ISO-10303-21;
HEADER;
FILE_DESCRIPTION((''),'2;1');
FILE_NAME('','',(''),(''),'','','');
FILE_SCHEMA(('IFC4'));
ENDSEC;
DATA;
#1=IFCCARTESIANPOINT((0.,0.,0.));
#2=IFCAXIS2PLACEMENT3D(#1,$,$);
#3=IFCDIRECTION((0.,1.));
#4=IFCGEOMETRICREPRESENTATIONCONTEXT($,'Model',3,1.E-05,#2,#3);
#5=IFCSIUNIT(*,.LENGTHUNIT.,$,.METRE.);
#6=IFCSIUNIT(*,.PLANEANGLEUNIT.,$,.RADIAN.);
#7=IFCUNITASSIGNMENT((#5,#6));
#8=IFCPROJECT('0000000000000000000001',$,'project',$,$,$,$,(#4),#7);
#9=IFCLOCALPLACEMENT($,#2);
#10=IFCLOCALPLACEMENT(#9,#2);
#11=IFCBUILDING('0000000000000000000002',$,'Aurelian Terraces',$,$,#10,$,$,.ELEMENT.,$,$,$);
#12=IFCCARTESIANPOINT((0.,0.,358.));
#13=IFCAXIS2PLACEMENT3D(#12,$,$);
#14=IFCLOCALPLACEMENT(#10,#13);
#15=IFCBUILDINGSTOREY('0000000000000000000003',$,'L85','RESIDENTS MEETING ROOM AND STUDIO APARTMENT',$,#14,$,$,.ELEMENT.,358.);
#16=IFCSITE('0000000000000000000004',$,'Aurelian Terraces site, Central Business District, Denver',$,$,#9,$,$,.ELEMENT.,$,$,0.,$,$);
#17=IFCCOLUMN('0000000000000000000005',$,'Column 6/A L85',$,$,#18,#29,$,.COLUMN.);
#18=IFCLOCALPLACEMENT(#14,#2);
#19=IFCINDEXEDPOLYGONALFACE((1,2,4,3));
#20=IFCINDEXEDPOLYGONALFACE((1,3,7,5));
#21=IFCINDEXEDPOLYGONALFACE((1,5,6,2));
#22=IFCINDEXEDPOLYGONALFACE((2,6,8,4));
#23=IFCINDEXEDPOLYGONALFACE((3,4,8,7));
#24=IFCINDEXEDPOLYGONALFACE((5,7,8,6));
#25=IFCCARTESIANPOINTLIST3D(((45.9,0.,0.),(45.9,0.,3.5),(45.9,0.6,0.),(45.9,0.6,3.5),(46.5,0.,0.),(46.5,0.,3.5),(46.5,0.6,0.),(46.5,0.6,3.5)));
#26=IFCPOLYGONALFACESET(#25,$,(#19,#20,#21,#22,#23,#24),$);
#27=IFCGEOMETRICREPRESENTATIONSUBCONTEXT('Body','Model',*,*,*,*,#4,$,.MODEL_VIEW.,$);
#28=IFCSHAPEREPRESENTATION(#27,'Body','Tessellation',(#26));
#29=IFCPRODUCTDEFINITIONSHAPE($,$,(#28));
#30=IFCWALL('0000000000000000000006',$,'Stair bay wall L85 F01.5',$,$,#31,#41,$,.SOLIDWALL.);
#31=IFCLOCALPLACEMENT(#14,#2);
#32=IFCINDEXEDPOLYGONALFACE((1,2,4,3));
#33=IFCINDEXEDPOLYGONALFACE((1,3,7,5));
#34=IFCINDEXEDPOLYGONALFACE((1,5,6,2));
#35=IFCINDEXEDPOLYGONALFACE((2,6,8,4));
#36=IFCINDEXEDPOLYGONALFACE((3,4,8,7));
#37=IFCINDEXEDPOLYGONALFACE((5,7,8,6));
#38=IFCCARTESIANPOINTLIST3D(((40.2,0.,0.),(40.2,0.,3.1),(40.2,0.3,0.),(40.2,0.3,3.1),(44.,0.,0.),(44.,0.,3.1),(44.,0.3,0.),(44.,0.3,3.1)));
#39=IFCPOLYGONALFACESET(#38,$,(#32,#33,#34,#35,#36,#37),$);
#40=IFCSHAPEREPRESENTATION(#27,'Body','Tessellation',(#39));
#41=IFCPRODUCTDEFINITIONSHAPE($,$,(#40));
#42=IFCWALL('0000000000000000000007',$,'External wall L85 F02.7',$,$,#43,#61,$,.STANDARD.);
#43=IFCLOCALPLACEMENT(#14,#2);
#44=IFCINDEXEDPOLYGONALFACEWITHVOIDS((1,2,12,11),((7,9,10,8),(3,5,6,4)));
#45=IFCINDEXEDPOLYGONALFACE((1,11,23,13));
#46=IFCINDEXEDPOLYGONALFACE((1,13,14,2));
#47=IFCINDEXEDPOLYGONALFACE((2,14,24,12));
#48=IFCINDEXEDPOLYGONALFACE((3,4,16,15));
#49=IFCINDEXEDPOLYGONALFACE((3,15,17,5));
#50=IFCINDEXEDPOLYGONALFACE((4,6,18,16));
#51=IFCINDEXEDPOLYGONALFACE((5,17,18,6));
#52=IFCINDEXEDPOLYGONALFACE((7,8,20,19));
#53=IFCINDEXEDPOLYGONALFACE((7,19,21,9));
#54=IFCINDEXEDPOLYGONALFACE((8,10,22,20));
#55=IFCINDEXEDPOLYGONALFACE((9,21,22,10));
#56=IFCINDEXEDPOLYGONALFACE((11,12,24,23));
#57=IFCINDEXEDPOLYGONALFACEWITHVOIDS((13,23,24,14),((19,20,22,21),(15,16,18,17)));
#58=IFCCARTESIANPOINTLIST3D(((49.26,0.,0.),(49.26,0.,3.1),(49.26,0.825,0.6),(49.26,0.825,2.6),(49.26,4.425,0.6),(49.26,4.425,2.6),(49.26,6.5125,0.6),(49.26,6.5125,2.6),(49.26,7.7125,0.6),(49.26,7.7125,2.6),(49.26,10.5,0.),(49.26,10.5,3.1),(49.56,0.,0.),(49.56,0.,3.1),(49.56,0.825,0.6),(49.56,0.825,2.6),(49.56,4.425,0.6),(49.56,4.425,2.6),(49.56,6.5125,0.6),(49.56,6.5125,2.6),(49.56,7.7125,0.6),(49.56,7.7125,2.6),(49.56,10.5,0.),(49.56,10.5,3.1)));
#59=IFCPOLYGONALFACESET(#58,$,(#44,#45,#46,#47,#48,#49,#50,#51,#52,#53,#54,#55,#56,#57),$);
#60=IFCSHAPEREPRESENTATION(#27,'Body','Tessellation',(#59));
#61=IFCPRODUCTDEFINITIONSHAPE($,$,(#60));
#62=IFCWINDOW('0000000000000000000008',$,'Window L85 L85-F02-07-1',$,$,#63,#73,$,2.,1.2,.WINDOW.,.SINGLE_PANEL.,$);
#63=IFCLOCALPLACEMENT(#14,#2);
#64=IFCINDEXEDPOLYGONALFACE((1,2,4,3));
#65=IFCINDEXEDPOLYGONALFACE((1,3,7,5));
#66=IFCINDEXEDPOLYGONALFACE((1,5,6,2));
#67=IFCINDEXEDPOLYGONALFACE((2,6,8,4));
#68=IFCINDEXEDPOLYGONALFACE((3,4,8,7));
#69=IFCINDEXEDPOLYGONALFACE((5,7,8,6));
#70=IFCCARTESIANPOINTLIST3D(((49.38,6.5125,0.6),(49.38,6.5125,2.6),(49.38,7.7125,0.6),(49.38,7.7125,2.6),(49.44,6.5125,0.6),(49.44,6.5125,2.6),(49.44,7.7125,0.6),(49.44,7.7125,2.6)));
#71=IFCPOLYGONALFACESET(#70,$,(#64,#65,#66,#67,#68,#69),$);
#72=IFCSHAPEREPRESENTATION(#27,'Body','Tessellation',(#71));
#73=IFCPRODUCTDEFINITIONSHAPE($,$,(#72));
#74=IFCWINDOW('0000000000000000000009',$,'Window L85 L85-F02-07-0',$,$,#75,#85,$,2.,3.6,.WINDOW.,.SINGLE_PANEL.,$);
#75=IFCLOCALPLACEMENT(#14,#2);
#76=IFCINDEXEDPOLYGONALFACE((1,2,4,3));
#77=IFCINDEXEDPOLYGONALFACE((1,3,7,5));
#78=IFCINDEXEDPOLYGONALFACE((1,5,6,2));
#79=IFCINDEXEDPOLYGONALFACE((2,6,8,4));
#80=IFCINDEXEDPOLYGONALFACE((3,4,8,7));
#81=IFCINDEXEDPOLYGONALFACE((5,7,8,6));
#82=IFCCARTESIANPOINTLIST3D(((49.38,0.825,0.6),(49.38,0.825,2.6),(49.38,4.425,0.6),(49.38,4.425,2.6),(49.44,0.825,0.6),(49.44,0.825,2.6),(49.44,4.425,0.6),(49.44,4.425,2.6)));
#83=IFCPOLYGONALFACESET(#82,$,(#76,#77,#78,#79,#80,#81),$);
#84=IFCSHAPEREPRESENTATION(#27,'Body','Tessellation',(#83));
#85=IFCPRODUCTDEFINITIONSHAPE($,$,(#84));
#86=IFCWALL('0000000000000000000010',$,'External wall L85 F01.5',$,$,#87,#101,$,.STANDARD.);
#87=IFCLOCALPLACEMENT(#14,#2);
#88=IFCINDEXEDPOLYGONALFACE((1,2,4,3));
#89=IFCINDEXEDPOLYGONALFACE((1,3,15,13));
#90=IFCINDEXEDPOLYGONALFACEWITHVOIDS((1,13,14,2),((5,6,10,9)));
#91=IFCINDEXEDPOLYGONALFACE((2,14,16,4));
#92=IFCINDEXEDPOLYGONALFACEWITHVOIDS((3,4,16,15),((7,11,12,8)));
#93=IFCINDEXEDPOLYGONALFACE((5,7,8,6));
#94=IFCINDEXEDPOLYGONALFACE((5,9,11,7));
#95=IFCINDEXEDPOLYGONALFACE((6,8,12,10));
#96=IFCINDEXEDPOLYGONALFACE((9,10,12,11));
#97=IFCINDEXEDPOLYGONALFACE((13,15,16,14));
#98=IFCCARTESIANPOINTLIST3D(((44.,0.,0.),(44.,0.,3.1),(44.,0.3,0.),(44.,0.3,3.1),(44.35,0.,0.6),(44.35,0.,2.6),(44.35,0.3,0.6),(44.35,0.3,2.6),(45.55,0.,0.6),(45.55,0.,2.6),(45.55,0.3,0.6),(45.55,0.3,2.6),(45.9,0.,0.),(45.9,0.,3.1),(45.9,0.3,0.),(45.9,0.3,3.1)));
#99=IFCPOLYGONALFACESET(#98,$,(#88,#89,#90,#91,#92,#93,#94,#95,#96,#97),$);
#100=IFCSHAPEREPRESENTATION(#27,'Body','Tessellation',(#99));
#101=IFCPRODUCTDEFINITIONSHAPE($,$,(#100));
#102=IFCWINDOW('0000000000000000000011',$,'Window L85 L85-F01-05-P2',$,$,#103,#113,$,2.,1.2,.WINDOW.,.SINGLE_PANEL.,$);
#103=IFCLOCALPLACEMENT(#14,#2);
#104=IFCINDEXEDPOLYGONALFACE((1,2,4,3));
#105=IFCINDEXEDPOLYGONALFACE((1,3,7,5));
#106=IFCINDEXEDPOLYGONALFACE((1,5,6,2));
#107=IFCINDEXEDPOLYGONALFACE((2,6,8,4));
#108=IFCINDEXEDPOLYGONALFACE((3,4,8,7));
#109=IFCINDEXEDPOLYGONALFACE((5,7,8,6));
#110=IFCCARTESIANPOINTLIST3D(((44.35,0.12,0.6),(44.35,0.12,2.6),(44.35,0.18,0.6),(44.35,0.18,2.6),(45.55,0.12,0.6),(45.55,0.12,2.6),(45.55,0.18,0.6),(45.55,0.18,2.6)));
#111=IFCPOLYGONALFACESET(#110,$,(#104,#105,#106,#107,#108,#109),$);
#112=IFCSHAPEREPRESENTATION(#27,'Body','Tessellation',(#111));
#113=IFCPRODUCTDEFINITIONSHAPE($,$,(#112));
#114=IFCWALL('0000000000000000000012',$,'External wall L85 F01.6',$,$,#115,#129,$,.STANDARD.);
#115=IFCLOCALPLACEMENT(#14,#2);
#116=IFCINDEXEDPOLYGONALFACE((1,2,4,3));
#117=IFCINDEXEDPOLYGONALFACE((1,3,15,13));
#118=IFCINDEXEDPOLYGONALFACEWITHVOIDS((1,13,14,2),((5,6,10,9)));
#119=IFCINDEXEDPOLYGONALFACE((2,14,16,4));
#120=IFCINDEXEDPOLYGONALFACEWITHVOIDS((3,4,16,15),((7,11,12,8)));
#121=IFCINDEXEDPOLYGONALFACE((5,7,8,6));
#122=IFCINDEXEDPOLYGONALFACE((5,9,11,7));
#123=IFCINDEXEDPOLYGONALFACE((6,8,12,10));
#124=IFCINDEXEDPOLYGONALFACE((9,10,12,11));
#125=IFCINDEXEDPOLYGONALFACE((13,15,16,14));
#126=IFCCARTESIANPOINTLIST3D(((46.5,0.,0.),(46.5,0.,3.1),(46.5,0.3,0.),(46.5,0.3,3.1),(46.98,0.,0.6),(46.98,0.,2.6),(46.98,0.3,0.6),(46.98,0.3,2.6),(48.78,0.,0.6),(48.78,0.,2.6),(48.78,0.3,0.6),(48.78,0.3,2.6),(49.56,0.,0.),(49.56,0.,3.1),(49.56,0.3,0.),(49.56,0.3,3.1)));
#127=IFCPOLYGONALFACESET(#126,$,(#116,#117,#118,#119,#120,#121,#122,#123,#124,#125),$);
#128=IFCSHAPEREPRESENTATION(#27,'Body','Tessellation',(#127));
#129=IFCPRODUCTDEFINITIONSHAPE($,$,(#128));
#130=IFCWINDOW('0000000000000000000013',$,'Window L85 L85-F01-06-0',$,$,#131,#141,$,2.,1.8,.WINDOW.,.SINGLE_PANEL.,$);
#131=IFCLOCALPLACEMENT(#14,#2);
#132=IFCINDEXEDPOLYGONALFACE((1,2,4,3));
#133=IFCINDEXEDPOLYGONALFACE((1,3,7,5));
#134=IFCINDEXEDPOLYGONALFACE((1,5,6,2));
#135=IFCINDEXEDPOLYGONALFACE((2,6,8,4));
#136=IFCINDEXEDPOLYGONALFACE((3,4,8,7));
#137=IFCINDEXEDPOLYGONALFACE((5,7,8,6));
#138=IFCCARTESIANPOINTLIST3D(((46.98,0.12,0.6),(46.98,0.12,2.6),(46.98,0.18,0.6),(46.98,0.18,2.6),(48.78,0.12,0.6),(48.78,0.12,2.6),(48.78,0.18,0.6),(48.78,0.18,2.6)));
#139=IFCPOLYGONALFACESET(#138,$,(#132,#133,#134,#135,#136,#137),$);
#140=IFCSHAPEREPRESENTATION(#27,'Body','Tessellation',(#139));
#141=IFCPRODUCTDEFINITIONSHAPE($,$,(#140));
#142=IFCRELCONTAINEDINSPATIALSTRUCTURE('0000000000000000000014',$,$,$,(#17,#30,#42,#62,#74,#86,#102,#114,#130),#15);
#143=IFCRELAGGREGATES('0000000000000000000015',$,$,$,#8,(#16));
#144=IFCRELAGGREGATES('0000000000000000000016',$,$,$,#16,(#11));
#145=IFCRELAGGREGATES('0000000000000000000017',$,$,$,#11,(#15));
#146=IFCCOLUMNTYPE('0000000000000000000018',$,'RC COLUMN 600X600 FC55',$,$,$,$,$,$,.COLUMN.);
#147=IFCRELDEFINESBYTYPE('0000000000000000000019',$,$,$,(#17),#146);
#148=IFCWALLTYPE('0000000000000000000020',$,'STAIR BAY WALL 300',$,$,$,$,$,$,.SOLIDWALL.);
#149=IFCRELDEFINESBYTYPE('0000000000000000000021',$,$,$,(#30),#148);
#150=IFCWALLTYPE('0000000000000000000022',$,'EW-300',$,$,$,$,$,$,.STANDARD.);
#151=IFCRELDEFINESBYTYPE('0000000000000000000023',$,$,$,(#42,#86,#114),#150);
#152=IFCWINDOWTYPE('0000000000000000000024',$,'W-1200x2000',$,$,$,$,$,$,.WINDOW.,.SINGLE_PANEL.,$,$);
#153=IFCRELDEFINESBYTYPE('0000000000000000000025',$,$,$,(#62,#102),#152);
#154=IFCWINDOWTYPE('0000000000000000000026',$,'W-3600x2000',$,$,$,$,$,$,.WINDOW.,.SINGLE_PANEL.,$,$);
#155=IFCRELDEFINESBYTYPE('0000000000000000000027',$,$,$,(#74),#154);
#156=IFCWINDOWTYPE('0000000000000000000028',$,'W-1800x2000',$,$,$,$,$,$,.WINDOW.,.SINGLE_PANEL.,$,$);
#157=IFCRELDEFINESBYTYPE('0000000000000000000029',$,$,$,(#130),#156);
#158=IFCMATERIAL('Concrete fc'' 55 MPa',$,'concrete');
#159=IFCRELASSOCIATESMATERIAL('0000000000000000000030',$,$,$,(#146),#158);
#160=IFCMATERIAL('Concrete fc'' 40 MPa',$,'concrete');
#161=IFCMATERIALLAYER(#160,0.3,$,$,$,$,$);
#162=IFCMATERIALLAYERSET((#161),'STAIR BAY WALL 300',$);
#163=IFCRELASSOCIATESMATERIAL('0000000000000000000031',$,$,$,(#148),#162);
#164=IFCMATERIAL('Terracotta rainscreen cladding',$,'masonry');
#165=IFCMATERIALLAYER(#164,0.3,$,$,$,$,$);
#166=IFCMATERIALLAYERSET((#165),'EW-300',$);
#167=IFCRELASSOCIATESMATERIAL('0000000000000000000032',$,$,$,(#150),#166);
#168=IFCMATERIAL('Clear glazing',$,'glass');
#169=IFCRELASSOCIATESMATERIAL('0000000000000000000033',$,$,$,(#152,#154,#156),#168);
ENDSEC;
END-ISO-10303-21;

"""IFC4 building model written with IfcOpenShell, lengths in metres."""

from ifc_helpers import new_model, si_unit, direction, frame, frame_2d, origin, origin_2d, place, context, subcontext, project, spatial, rectangle, extrude, source, transform, mapped, material, layer, layer_set, material_profile, profile_set, type_object, element, fill, save


model = new_model("IFC4")

# Units and contexts
model_context = context("Model", 3, precision=1e-05, world=origin(), true_north=direction((0.0, 1.0)))
body_context = subcontext(model_context, "Body", "Model", "MODEL_VIEW")
ifc_project = project(units=[si_unit("LENGTHUNIT", "METRE"), si_unit("PLANEANGLEUNIT", "RADIAN")], contexts=[model_context])

# Site, building, storey
site_placement = place(None, origin())
site = spatial("IfcSite", under=ifc_project, at=site_placement, Name="Aurelian Terraces site, Central Business District, Denver", CompositionType="ELEMENT", RefElevation=0.0)
building_placement = place(site_placement, origin())
building = spatial("IfcBuilding", under=site, at=building_placement, Name="Aurelian Terraces", CompositionType="ELEMENT")
storey_placement = place(building_placement, frame((0.0, 0.0, 358.0)))
storey = spatial("IfcBuildingStorey", under=building, at=storey_placement, Name="L85", Description="RESIDENTS MEETING ROOM AND STUDIO APARTMENT", CompositionType="ELEMENT", Elevation=358.0)

# Column
ifc_material_1 = material(Name="Concrete fc' 55 MPa", Category="concrete")
ifc_material_profile = material_profile(ifc_material_1, rectangle(XDim=0.6, YDim=0.6, at=origin_2d()))
ifc_profile_set = profile_set([ifc_material_profile], Name="Concrete fc' 55 MPa")
column_type = type_object("IfcColumnType", Name="RC COLUMN 600X600 FC55", PredefinedType="COLUMN", material=ifc_profile_set)
shared_shape_1 = source(origin(), body_context, "Body", "SweptSolid", [
    extrude(rectangle(XDim=0.6, YDim=0.6, at=origin_2d()), origin(), (0.0, 0.0, 1.0), 3.5),
])
column_placement = place(storey_placement, frame((46.2, 0.3, 0.0), z_axis=(0.0, 0.0, 1.0), x_axis=(1.0, 0.0, 0.0)))
element("IfcColumn", 1, at=column_placement, inside=storey, type_object=column_type, Name="Column 6/A L85", PredefinedType="COLUMN", context=body_context, shape_type="MappedRepresentation", body=[
    mapped(shared_shape_1, transform((0.0, 0.0, 0.0), scale=1.0)),
])

# Wall
ifc_material_2 = material(Name="Concrete fc' 40 MPa", Category="concrete")
ifc_layer_1 = layer(ifc_material_2, 0.3)
ifc_layer_set_1 = layer_set([ifc_layer_1], Name="STAIR BAY WALL 300")
wall_type_1 = type_object("IfcWallType", Name="STAIR BAY WALL 300", PredefinedType="SOLIDWALL", material=ifc_layer_set_1)
shared_shape_2 = source(origin(), body_context, "Body", "SweptSolid", [
    extrude(rectangle(XDim=3.8, YDim=0.3, at=frame_2d((1.9, 0.0))), origin(), (0.0, 0.0, 1.0), 3.1),
])
wall_1_placement = place(storey_placement, frame((40.2, 0.15, 0.0), z_axis=(0.0, 0.0, 1.0), x_axis=(1.0, 0.0, 0.0)))
element("IfcWall", 2, at=wall_1_placement, inside=storey, type_object=wall_type_1, Name="Stair bay wall L85 F01.5", PredefinedType="SOLIDWALL", context=body_context, shape_type="MappedRepresentation", body=[
    mapped(shared_shape_2, transform((0.0, 0.0, 0.0), scale=1.0)),
])

# Wall, openings, windows
ifc_material_3 = material(Name="Terracotta rainscreen cladding", Category="masonry")
ifc_layer_2 = layer(ifc_material_3, 0.3)
ifc_layer_set_2 = layer_set([ifc_layer_2], Name="EW-300")
wall_type_2 = type_object("IfcWallType", Name="EW-300", PredefinedType="STANDARD", material=ifc_layer_set_2)
shared_shape_3 = source(origin(), body_context, "Body", "SweptSolid", [
    extrude(rectangle(XDim=10.5, YDim=0.3, at=frame_2d((5.25, 0.0))), origin(), (0.0, 0.0, 1.0), 3.1),
])
wall_2_placement = place(storey_placement, frame((49.41, 0.0, 0.0), z_axis=(0.0, 0.0, 1.0), x_axis=(0.0, 1.0, 0.0)))
wall_2 = element("IfcWall", 3, at=wall_2_placement, inside=storey, type_object=wall_type_2, Name="External wall L85 F02.7", PredefinedType="STANDARD", context=body_context, shape_type="MappedRepresentation", body=[
    mapped(shared_shape_3, transform((0.0, 0.0, 0.0), scale=1.0)),
])
shared_shape_4 = source(origin(), body_context, "Body", "SweptSolid", [
    extrude(rectangle(XDim=3.6, YDim=2.0, at=frame_2d((1.8, 1.0))), frame((0.0, 0.16, 0.0), z_axis=(0.0, -1.0, 0.0), x_axis=(1.0, 0.0, 0.0)), (0.0, 0.0, 1.0), 0.32),
])
opening_1_placement = place(wall_2_placement, frame((0.825, 0.0, 0.6)))
opening_1 = element("IfcOpeningElement", 4, at=opening_1_placement, cuts=wall_2, PredefinedType="OPENING", context=body_context, shape_type="MappedRepresentation", body=[
    mapped(shared_shape_4, transform((0.0, 0.0, 0.0), scale=1.0)),
])
shared_shape_5 = source(origin(), body_context, "Body", "SweptSolid", [
    extrude(rectangle(XDim=1.2, YDim=2.0, at=frame_2d((0.6, 1.0))), frame((0.0, 0.16, 0.0), z_axis=(0.0, -1.0, 0.0), x_axis=(1.0, 0.0, 0.0)), (0.0, 0.0, 1.0), 0.32),
])
opening_2_placement = place(wall_2_placement, frame((6.5125, 0.0, 0.6)))
opening_2 = element("IfcOpeningElement", 5, at=opening_2_placement, cuts=wall_2, PredefinedType="OPENING", context=body_context, shape_type="MappedRepresentation", body=[
    mapped(shared_shape_5, transform((0.0, 0.0, 0.0), scale=1.0)),
])
ifc_material_4 = material(Name="Clear glazing", Category="glass")
window_type_1 = type_object("IfcWindowType", Name="W-1200x2000", PartitioningType="SINGLE_PANEL", PredefinedType="WINDOW", material=ifc_material_4)
shared_shape_6 = source(origin(), body_context, "Body", "SweptSolid", [
    extrude(rectangle(XDim=1.2, YDim=2.0, at=frame_2d((0.6, 1.0))), frame((0.0, 0.03, 0.0), z_axis=(0.0, -1.0, 0.0), x_axis=(1.0, 0.0, 0.0)), (0.0, 0.0, 1.0), 0.06),
])
window_1_placement = place(opening_2_placement, origin())
window_1 = element("IfcWindow", 6, at=window_1_placement, inside=storey, type_object=window_type_1, Name="Window L85 L85-F02-07-1", OverallHeight=2.0, OverallWidth=1.2, PartitioningType="SINGLE_PANEL", PredefinedType="WINDOW", context=body_context, shape_type="MappedRepresentation", body=[
    mapped(shared_shape_6, transform((0.0, 0.0, 0.0), scale=1.0)),
])
fill(opening_2, window_1)
window_type_2 = type_object("IfcWindowType", Name="W-3600x2000", PartitioningType="SINGLE_PANEL", PredefinedType="WINDOW", material=ifc_material_4)
shared_shape_7 = source(origin(), body_context, "Body", "SweptSolid", [
    extrude(rectangle(XDim=3.6, YDim=2.0, at=frame_2d((1.8, 1.0))), frame((0.0, 0.03, 0.0), z_axis=(0.0, -1.0, 0.0), x_axis=(1.0, 0.0, 0.0)), (0.0, 0.0, 1.0), 0.06),
])
window_2_placement = place(opening_1_placement, origin())
window_2 = element("IfcWindow", 7, at=window_2_placement, inside=storey, type_object=window_type_2, Name="Window L85 L85-F02-07-0", OverallHeight=2.0, OverallWidth=3.6, PartitioningType="SINGLE_PANEL", PredefinedType="WINDOW", context=body_context, shape_type="MappedRepresentation", body=[
    mapped(shared_shape_7, transform((0.0, 0.0, 0.0), scale=1.0)),
])
fill(opening_1, window_2)

# Walls, openings, windows
shared_shape_8 = source(origin(), body_context, "Body", "SweptSolid", [
    extrude(rectangle(XDim=1.9, YDim=0.3, at=frame_2d((0.95, 0.0))), origin(), (0.0, 0.0, 1.0), 3.1),
])
wall_3_placement = place(storey_placement, frame((44.0, 0.15, 0.0), z_axis=(0.0, 0.0, 1.0), x_axis=(1.0, 0.0, 0.0)))
wall_3 = element("IfcWall", 8, at=wall_3_placement, inside=storey, type_object=wall_type_2, Name="External wall L85 F01.5", PredefinedType="STANDARD", context=body_context, shape_type="MappedRepresentation", body=[
    mapped(shared_shape_8, transform((0.0, 0.0, 0.0), scale=1.0)),
])
opening_3_placement = place(wall_3_placement, frame((0.35, 0.0, 0.6)))
opening_3 = element("IfcOpeningElement", 9, at=opening_3_placement, cuts=wall_3, PredefinedType="OPENING", context=body_context, shape_type="MappedRepresentation", body=[
    mapped(shared_shape_5, transform((0.0, 0.0, 0.0), scale=1.0)),
])
window_3_placement = place(opening_3_placement, origin())
window_3 = element("IfcWindow", 10, at=window_3_placement, inside=storey, type_object=window_type_1, Name="Window L85 L85-F01-05-P2", OverallHeight=2.0, OverallWidth=1.2, PartitioningType="SINGLE_PANEL", PredefinedType="WINDOW", context=body_context, shape_type="MappedRepresentation", body=[
    mapped(shared_shape_6, transform((0.0, 0.0, 0.0), scale=1.0)),
])
fill(opening_3, window_3)
shared_shape_9 = source(origin(), body_context, "Body", "SweptSolid", [
    extrude(rectangle(XDim=3.06, YDim=0.3, at=frame_2d((1.53, 0.0))), origin(), (0.0, 0.0, 1.0), 3.1),
])
wall_4_placement = place(storey_placement, frame((46.5, 0.15, 0.0), z_axis=(0.0, 0.0, 1.0), x_axis=(1.0, 0.0, 0.0)))
wall_4 = element("IfcWall", 11, at=wall_4_placement, inside=storey, type_object=wall_type_2, Name="External wall L85 F01.6", PredefinedType="STANDARD", context=body_context, shape_type="MappedRepresentation", body=[
    mapped(shared_shape_9, transform((0.0, 0.0, 0.0), scale=1.0)),
])
shared_shape_10 = source(origin(), body_context, "Body", "SweptSolid", [
    extrude(rectangle(XDim=1.8, YDim=2.0, at=frame_2d((0.9, 1.0))), frame((0.0, 0.16, 0.0), z_axis=(0.0, -1.0, 0.0), x_axis=(1.0, 0.0, 0.0)), (0.0, 0.0, 1.0), 0.32),
])
opening_4_placement = place(wall_4_placement, frame((0.48, 0.0, 0.6)))
opening_4 = element("IfcOpeningElement", 12, at=opening_4_placement, cuts=wall_4, PredefinedType="OPENING", context=body_context, shape_type="MappedRepresentation", body=[
    mapped(shared_shape_10, transform((0.0, 0.0, 0.0), scale=1.0)),
])
window_type_3 = type_object("IfcWindowType", Name="W-1800x2000", PartitioningType="SINGLE_PANEL", PredefinedType="WINDOW", material=ifc_material_4)
shared_shape_11 = source(origin(), body_context, "Body", "SweptSolid", [
    extrude(rectangle(XDim=1.8, YDim=2.0, at=frame_2d((0.9, 1.0))), frame((0.0, 0.03, 0.0), z_axis=(0.0, -1.0, 0.0), x_axis=(1.0, 0.0, 0.0)), (0.0, 0.0, 1.0), 0.06),
])
window_4_placement = place(opening_4_placement, origin())
window_4 = element("IfcWindow", 13, at=window_4_placement, inside=storey, type_object=window_type_3, Name="Window L85 L85-F01-06-0", OverallHeight=2.0, OverallWidth=1.8, PartitioningType="SINGLE_PANEL", PredefinedType="WINDOW", context=body_context, shape_type="MappedRepresentation", body=[
    mapped(shared_shape_11, transform((0.0, 0.0, 0.0), scale=1.0)),
])
fill(opening_4, window_4)

save(model, "model.ifc")
